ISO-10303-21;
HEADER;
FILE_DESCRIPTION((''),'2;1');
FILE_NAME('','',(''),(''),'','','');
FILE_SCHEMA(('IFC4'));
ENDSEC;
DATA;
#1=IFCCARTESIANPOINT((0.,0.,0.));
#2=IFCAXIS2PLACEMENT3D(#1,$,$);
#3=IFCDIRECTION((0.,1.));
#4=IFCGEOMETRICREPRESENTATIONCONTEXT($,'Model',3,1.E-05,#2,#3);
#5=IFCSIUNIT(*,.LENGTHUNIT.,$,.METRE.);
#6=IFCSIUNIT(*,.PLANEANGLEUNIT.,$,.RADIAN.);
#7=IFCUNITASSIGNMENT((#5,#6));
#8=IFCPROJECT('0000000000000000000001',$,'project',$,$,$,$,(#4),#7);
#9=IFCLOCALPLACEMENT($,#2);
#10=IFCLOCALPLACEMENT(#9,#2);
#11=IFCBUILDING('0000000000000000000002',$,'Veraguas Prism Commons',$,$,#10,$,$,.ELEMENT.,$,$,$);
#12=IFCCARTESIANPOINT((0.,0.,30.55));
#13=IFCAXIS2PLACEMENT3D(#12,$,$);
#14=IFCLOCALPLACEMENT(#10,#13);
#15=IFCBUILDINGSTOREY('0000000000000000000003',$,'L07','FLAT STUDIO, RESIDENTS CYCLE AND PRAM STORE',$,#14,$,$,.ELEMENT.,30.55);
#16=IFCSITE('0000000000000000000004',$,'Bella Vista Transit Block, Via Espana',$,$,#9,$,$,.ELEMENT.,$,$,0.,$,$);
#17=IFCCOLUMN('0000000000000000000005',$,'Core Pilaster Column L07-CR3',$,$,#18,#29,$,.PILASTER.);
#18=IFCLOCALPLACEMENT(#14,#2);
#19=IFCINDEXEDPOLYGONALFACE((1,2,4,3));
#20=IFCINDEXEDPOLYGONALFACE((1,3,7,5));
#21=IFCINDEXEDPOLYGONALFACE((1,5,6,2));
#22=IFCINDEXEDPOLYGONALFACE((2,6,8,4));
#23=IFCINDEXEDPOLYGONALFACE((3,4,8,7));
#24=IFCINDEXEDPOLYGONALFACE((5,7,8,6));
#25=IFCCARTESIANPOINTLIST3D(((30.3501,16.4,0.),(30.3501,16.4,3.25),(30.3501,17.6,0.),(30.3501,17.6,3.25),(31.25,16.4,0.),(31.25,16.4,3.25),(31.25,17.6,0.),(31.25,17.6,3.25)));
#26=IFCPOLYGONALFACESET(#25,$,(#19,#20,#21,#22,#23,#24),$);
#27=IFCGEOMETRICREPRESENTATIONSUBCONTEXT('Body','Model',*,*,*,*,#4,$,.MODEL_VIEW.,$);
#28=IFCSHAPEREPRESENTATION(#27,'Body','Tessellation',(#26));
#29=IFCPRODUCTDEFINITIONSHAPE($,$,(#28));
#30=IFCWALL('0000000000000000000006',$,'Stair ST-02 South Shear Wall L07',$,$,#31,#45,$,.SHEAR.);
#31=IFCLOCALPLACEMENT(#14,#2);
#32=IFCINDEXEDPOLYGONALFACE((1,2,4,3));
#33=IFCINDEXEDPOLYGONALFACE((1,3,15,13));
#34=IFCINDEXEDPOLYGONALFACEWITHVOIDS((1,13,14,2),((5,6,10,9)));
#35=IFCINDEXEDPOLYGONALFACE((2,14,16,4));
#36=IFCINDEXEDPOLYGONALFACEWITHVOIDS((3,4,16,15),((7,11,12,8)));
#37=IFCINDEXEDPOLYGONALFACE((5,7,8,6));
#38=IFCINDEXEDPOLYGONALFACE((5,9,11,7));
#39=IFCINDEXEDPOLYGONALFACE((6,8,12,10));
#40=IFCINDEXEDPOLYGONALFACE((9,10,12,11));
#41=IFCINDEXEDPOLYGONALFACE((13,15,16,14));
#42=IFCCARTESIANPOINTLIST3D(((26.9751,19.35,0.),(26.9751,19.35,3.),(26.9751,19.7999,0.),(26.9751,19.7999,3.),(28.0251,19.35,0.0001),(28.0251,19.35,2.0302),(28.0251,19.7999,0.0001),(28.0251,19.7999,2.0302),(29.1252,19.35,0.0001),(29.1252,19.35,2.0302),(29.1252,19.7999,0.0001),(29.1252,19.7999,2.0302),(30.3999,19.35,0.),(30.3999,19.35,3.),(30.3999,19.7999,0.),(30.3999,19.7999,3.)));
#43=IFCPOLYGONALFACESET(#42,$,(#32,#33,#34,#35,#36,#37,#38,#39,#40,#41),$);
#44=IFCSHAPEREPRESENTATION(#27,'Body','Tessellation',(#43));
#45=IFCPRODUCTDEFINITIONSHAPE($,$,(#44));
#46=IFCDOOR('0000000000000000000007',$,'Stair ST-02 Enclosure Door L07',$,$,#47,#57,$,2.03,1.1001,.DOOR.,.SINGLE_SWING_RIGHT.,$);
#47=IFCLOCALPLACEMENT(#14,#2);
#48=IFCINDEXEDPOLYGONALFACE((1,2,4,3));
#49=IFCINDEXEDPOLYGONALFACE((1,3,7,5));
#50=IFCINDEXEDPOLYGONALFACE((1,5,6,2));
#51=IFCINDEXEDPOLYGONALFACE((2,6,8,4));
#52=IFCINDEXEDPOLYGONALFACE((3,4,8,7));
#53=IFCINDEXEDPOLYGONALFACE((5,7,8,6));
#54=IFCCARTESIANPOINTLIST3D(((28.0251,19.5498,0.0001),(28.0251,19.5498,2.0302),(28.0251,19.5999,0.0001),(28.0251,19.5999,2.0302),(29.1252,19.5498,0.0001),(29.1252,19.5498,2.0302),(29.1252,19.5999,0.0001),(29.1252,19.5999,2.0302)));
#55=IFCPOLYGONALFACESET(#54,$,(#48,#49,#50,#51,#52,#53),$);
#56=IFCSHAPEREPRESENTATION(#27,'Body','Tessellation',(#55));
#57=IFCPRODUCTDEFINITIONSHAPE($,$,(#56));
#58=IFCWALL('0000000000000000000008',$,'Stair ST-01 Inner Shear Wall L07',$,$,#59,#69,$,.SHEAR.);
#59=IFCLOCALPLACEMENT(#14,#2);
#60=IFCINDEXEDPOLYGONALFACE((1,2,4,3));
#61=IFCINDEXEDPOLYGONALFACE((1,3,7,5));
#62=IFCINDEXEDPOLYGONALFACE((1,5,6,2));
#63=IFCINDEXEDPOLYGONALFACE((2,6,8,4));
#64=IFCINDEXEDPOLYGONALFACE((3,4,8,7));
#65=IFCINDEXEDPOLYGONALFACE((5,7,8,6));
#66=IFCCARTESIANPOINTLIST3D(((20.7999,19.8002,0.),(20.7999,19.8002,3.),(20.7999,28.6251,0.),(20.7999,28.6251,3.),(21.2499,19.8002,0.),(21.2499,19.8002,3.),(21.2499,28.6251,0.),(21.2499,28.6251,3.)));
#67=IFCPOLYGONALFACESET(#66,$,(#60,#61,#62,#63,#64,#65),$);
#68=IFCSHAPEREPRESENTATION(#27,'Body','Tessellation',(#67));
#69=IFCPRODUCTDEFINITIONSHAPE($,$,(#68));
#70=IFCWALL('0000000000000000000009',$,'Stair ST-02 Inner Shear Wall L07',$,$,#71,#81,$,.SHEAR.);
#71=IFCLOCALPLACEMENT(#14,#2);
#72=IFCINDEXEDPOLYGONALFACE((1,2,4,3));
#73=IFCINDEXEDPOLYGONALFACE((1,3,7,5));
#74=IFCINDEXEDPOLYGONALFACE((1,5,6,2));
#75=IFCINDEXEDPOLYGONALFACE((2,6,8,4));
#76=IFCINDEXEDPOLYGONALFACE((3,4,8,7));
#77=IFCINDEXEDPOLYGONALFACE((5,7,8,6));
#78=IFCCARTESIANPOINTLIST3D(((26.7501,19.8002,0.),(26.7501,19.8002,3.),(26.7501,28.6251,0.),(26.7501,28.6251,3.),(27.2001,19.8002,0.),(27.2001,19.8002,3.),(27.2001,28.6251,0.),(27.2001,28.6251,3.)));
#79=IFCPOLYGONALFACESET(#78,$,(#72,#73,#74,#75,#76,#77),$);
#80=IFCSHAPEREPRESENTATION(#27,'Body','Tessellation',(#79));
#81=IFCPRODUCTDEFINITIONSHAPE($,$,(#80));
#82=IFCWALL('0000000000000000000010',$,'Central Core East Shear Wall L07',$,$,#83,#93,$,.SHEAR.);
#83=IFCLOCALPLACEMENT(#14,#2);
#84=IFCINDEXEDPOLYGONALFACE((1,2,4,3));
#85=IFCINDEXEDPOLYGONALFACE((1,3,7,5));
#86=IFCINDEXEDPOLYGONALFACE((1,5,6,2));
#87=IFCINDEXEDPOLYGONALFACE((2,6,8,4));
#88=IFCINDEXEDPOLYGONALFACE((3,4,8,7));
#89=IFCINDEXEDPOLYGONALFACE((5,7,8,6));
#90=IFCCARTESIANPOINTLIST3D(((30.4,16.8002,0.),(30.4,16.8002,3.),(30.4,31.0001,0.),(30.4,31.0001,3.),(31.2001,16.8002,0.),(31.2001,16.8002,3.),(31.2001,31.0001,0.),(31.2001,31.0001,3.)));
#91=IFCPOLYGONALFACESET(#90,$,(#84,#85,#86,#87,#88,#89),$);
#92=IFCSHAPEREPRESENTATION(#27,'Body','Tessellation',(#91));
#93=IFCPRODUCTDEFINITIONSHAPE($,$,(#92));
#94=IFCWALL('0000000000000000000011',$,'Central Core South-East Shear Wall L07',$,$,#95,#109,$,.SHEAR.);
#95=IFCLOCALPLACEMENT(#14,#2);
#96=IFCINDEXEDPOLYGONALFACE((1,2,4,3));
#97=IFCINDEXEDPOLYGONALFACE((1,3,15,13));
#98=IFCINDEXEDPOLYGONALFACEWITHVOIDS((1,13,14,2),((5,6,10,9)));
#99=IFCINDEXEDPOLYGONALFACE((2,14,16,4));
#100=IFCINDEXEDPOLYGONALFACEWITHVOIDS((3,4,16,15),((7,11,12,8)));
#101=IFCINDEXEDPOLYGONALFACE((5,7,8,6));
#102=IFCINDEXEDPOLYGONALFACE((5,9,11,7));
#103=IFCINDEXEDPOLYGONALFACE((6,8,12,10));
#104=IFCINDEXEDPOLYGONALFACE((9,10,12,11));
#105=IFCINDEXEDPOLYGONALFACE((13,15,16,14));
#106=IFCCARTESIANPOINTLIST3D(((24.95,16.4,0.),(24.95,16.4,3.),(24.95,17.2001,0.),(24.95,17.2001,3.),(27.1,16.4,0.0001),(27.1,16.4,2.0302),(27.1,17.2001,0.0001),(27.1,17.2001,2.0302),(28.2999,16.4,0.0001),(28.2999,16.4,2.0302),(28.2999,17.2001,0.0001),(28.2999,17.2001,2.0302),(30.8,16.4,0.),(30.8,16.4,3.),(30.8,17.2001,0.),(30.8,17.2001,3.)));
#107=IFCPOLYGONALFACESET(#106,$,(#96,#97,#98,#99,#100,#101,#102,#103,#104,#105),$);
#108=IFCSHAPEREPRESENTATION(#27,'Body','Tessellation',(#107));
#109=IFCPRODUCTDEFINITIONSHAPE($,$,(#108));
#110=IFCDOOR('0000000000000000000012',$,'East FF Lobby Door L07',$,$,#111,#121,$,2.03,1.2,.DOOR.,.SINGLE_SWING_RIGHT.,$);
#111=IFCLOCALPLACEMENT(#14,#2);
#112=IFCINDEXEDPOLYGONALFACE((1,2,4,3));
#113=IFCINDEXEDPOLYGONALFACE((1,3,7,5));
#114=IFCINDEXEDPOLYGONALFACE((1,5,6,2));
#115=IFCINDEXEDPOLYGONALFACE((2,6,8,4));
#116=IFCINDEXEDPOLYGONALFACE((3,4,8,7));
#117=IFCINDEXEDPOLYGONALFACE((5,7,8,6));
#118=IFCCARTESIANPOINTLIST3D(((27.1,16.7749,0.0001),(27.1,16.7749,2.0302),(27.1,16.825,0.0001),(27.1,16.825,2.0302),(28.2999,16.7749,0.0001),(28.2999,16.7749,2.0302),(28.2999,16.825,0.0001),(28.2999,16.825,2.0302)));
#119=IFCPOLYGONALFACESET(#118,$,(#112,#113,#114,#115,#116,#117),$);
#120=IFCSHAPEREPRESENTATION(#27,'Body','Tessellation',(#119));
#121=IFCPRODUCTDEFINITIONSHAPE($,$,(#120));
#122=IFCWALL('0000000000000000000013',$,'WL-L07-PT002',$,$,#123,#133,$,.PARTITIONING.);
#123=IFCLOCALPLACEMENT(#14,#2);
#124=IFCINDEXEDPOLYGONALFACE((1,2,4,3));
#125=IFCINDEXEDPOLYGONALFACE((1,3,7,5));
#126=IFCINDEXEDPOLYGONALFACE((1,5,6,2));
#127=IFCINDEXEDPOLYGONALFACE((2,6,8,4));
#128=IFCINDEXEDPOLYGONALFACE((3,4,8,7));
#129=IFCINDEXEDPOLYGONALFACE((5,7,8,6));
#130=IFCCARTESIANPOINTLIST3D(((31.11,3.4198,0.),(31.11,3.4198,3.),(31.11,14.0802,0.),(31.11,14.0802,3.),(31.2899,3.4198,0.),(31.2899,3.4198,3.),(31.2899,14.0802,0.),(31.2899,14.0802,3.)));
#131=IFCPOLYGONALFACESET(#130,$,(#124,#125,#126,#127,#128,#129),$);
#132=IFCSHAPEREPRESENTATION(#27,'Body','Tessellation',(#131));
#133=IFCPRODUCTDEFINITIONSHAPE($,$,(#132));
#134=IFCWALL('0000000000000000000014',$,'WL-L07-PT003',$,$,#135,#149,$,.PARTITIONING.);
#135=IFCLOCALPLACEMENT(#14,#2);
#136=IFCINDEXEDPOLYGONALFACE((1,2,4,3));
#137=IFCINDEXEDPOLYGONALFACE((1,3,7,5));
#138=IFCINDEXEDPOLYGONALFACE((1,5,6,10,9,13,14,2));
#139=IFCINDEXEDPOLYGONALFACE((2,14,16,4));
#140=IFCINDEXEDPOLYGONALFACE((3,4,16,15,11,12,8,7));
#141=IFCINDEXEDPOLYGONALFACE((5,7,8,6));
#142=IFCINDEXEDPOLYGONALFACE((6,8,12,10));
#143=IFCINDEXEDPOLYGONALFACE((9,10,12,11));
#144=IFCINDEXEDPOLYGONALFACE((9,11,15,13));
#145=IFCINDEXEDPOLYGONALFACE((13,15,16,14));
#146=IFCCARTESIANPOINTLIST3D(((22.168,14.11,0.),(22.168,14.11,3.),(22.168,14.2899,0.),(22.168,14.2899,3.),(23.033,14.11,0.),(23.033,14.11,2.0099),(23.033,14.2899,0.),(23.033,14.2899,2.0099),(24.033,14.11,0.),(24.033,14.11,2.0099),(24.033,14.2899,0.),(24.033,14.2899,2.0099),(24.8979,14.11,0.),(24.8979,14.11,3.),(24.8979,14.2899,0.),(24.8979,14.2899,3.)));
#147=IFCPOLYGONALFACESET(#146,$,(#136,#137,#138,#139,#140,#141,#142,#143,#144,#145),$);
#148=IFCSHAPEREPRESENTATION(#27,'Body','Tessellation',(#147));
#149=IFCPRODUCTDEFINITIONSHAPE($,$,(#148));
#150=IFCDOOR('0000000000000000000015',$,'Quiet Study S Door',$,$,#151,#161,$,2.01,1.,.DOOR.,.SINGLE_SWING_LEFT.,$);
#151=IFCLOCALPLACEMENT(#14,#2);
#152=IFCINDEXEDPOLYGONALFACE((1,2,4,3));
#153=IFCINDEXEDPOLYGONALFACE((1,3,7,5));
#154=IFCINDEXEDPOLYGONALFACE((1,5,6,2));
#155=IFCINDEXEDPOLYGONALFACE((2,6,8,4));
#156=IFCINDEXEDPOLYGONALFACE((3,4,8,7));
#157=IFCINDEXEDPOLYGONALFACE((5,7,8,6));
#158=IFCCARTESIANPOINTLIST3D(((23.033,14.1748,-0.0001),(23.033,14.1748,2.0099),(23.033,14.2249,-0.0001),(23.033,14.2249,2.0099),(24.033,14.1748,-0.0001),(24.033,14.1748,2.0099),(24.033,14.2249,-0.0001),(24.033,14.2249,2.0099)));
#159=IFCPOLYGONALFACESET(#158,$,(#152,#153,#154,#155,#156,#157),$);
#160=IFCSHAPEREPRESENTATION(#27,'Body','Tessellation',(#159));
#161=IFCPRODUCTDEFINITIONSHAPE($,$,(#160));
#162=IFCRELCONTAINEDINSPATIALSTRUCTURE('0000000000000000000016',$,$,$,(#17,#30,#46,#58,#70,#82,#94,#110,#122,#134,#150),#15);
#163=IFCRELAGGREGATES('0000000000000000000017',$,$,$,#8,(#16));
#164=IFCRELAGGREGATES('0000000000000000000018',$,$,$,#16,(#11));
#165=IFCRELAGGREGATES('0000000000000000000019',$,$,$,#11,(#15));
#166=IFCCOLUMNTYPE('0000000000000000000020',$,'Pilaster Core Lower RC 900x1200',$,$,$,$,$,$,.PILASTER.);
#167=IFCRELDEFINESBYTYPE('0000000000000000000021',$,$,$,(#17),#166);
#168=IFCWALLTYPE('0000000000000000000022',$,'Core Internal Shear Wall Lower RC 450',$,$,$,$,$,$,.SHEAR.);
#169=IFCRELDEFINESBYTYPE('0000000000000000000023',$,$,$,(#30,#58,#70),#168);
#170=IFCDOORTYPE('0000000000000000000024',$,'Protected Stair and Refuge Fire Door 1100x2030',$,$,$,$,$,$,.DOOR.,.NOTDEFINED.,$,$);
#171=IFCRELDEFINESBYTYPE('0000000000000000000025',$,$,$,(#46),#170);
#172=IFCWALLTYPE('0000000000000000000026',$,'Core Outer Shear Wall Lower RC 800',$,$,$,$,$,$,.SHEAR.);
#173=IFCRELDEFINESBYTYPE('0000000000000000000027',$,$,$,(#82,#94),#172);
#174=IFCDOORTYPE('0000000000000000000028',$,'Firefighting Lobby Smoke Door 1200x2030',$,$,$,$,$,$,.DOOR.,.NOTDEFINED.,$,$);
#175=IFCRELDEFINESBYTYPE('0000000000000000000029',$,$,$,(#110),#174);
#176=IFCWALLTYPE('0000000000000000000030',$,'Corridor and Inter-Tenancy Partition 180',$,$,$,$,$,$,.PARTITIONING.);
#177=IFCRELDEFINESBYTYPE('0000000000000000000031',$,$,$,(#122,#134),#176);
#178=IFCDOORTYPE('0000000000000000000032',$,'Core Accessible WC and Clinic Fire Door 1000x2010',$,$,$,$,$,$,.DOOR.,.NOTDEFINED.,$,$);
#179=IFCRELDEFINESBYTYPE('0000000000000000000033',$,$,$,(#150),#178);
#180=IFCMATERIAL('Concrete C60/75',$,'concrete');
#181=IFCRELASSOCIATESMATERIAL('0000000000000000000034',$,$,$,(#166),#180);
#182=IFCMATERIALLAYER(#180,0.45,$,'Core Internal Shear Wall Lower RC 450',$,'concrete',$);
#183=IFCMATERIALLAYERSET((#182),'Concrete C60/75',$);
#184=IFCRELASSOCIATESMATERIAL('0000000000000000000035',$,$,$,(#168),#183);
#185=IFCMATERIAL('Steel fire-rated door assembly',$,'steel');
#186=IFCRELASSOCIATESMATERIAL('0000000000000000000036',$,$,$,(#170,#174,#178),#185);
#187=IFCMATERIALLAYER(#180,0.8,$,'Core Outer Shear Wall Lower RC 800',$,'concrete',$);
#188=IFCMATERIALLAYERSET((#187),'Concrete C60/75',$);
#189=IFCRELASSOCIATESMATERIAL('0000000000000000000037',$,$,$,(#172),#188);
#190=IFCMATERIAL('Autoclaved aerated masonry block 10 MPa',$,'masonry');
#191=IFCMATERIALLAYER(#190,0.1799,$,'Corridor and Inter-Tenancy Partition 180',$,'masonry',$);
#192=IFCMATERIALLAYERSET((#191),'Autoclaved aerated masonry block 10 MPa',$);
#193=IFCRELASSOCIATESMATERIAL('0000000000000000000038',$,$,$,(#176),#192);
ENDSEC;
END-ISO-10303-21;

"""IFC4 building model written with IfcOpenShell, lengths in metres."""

from ifc_helpers import new_model, si_unit, direction, frame, frame_2d, origin, origin_2d, place, context, subcontext, project, spatial, rectangle, extrude, source, transform, mapped, material, layer, layer_set, material_profile, profile_set, type_object, element, fill, save


model = new_model("IFC4")

# Units and contexts
model_context = context("Model", 3, precision=1e-05, world=origin(), true_north=direction((0.0, 1.0)))
body_context = subcontext(model_context, "Body", "Model", "MODEL_VIEW")
ifc_project = project(units=[si_unit("LENGTHUNIT", "METRE"), si_unit("PLANEANGLEUNIT", "RADIAN")], contexts=[model_context])

# Site, building, storey
site_placement = place(None, origin())
site = spatial("IfcSite", under=ifc_project, at=site_placement, Name="Bella Vista Transit Block, Via Espana", CompositionType="ELEMENT", RefElevation=0.0)
building_placement = place(site_placement, origin())
building = spatial("IfcBuilding", under=site, at=building_placement, Name="Veraguas Prism Commons", CompositionType="ELEMENT")
storey_placement = place(building_placement, frame((0.0, 0.0, 30.55)))
storey = spatial("IfcBuildingStorey", under=building, at=storey_placement, Name="L07", Description="FLAT STUDIO, RESIDENTS CYCLE AND PRAM STORE", CompositionType="ELEMENT", Elevation=30.55)

# Column
ifc_material_1 = material(Name="Concrete C60/75", Category="concrete")
ifc_material_profile = material_profile(ifc_material_1, rectangle(XDim=0.8999, YDim=1.2, at=origin_2d()), Name="RC900X1200")
ifc_profile_set = profile_set([ifc_material_profile], Name="Concrete C60/75")
column_type = type_object("IfcColumnType", Name="Pilaster Core Lower RC 900x1200", PredefinedType="PILASTER", material=ifc_profile_set)
column_placement = place(storey_placement, frame((30.8, 17.0, 0.0), z_axis=(0.0, 0.0, 1.0), x_axis=(1.0, 0.0, 0.0)))
element("IfcColumn", 1, at=column_placement, inside=storey, type_object=column_type, Name="Core Pilaster Column L07-CR3", PredefinedType="PILASTER", context=body_context, shape_type="SweptSolid", body=[
    extrude(rectangle(XDim=0.8999, YDim=1.2, at=origin_2d()), origin(), (0.0, 0.0, 1.0), 3.25),
])

# Wall, opening, door
ifc_layer_1 = layer(ifc_material_1, 0.45, Name="Core Internal Shear Wall Lower RC 450", Category="concrete")
ifc_layer_set_1 = layer_set([ifc_layer_1], Name="Concrete C60/75")
wall_type_1 = type_object("IfcWallType", Name="Core Internal Shear Wall Lower RC 450", PredefinedType="SHEAR", material=ifc_layer_set_1)
wall_1_placement = place(storey_placement, frame((26.9751, 19.575, 0.0), z_axis=(0.0, 0.0, 1.0), x_axis=(1.0, 0.0, 0.0)))
wall_1 = element("IfcWall", 2, at=wall_1_placement, inside=storey, type_object=wall_type_1, Name="Stair ST-02 South Shear Wall L07", PredefinedType="SHEAR", context=body_context, shape_type="SweptSolid", body=[
    extrude(rectangle(XDim=3.4248, YDim=0.45, at=frame_2d((1.7124, 0.0))), origin(), (0.0, 0.0, 1.0), 3.0),
])
opening_1_placement = place(wall_1_placement, frame((1.05, 0.0, 0.0)))
opening_1 = element("IfcOpeningElement", 3, at=opening_1_placement, cuts=wall_1, PredefinedType="OPENING", context=body_context, shape_type="SweptSolid", body=[
    extrude(rectangle(XDim=1.1001, YDim=2.03, at=frame_2d((0.55, 1.0151))), frame((0.0, 0.2349, 0.0), z_axis=(0.0, -1.0, 0.0), x_axis=(1.0, 0.0, 0.0)), (0.0, 0.0, 1.0), 0.47),
])
ifc_material_2 = material(Name="Steel fire-rated door assembly", Category="steel")
door_type_1 = type_object("IfcDoorType", Name="Protected Stair and Refuge Fire Door 1100x2030", OperationType="NOTDEFINED", PredefinedType="DOOR", material=ifc_material_2)
shared_shape_1 = source(origin(), body_context, "Body", "SweptSolid", [
    extrude(rectangle(XDim=1.1001, YDim=2.03, at=frame_2d((0.55, 1.0151))), frame((0.0, 0.0249, 0.0), z_axis=(0.0, -1.0, 0.0), x_axis=(1.0, 0.0, 0.0)), (0.0, 0.0, 1.0), 0.05),
])
door_1_placement = place(opening_1_placement, origin())
door_1 = element("IfcDoor", 4, at=door_1_placement, inside=storey, type_object=door_type_1, Name="Stair ST-02 Enclosure Door L07", OperationType="SINGLE_SWING_RIGHT", OverallHeight=2.03, OverallWidth=1.1001, PredefinedType="DOOR", context=body_context, shape_type="MappedRepresentation", body=[
    mapped(shared_shape_1, transform((0.0, 0.0, 0.0), scale=1.0)),
])
fill(opening_1, door_1)

# Walls
for number, where, z_axis, x_axis, name in (
    (5, (21.0249, 19.8, 0.0), (0.0, 0.0, 1.0), (0.0, 1.0, 0.0), "Stair ST-01 Inner Shear Wall L07"),
    (6, (26.9751, 19.8, 0.0), (0.0, 0.0, 1.0), (0.0, 1.0, 0.0), "Stair ST-02 Inner Shear Wall L07"),
):
    element("IfcWall", number, at=place(storey_placement, frame(where, z_axis=z_axis, x_axis=x_axis)), inside=storey, type_object=wall_type_1, Name=name, PredefinedType="SHEAR", context=body_context, shape_type="SweptSolid", body=[
        extrude(rectangle(XDim=8.825, YDim=0.45, at=frame_2d((4.4126, 0.0))), origin(), (0.0, 0.0, 1.0), 3.0),
    ])
ifc_layer_2 = layer(ifc_material_1, 0.8, Name="Core Outer Shear Wall Lower RC 800", Category="concrete")
ifc_layer_set_2 = layer_set([ifc_layer_2], Name="Concrete C60/75")
wall_type_2 = type_object("IfcWallType", Name="Core Outer Shear Wall Lower RC 800", PredefinedType="SHEAR", material=ifc_layer_set_2)
wall_2_placement = place(storey_placement, frame((30.8, 16.8, 0.0), z_axis=(0.0, 0.0, 1.0), x_axis=(0.0, 1.0, 0.0)))
element("IfcWall", 7, at=wall_2_placement, inside=storey, type_object=wall_type_2, Name="Central Core East Shear Wall L07", PredefinedType="SHEAR", context=body_context, shape_type="SweptSolid", body=[
    extrude(rectangle(XDim=14.2, YDim=0.8, at=frame_2d((7.1001, 0.0))), origin(), (0.0, 0.0, 1.0), 3.0),
])

# Wall, opening, door
wall_3_placement = place(storey_placement, frame((24.95, 16.8, 0.0), z_axis=(0.0, 0.0, 1.0), x_axis=(1.0, 0.0, 0.0)))
wall_3 = element("IfcWall", 8, at=wall_3_placement, inside=storey, type_object=wall_type_2, Name="Central Core South-East Shear Wall L07", PredefinedType="SHEAR", context=body_context, shape_type="SweptSolid", body=[
    extrude(rectangle(XDim=5.8501, YDim=0.8, at=frame_2d((2.925, 0.0))), origin(), (0.0, 0.0, 1.0), 3.0),
])
opening_2_placement = place(wall_3_placement, frame((2.1499, 0.0, 0.0)))
opening_2 = element("IfcOpeningElement", 9, at=opening_2_placement, cuts=wall_3, PredefinedType="OPENING", context=body_context, shape_type="SweptSolid", body=[
    extrude(rectangle(XDim=1.2, YDim=2.03, at=frame_2d((0.6001, 1.0151))), frame((0.0, 0.4099, 0.0), z_axis=(0.0, -1.0, 0.0), x_axis=(1.0, 0.0, 0.0)), (0.0, 0.0, 1.0), 0.8201),
])
door_type_2 = type_object("IfcDoorType", Name="Firefighting Lobby Smoke Door 1200x2030", OperationType="NOTDEFINED", PredefinedType="DOOR", material=ifc_material_2)
shared_shape_2 = source(origin(), body_context, "Body", "SweptSolid", [
    extrude(rectangle(XDim=1.2, YDim=2.03, at=frame_2d((0.6001, 1.0151))), frame((0.0, 0.0249, 0.0), z_axis=(0.0, -1.0, 0.0), x_axis=(1.0, 0.0, 0.0)), (0.0, 0.0, 1.0), 0.05),
])
door_2_placement = place(opening_2_placement, origin())
door_2 = element("IfcDoor", 10, at=door_2_placement, inside=storey, type_object=door_type_2, Name="East FF Lobby Door L07", OperationType="SINGLE_SWING_RIGHT", OverallHeight=2.03, OverallWidth=1.2, PredefinedType="DOOR", context=body_context, shape_type="MappedRepresentation", body=[
    mapped(shared_shape_2, transform((0.0, 0.0, 0.0), scale=1.0)),
])
fill(opening_2, door_2)

# Wall
ifc_material_3 = material(Name="Autoclaved aerated masonry block 10 MPa", Category="masonry")
ifc_layer_3 = layer(ifc_material_3, 0.1799, Name="Corridor and Inter-Tenancy Partition 180", Category="masonry")
ifc_layer_set_3 = layer_set([ifc_layer_3], Name="Autoclaved aerated masonry block 10 MPa")
wall_type_3 = type_object("IfcWallType", Name="Corridor and Inter-Tenancy Partition 180", PredefinedType="PARTITIONING", material=ifc_layer_set_3)
wall_4_placement = place(storey_placement, frame((31.2, 14.0801, 0.0), z_axis=(0.0, 0.0, 1.0), x_axis=(0.0, -1.0, 0.0)))
element("IfcWall", 11, at=wall_4_placement, inside=storey, type_object=wall_type_3, Name="WL-L07-PT002", PredefinedType="PARTITIONING", context=body_context, shape_type="SweptSolid", body=[
    extrude(rectangle(XDim=10.6604, YDim=0.1799, at=frame_2d((5.3301, 0.0))), origin(), (0.0, 0.0, 1.0), 3.0),
])

# Wall, opening, door
wall_5_placement = place(storey_placement, frame((22.168, 14.2, 0.0), z_axis=(0.0, 0.0, 1.0), x_axis=(1.0, 0.0, 0.0)))
wall_5 = element("IfcWall", 12, at=wall_5_placement, inside=storey, type_object=wall_type_3, Name="WL-L07-PT003", PredefinedType="PARTITIONING", context=body_context, shape_type="SweptSolid", body=[
    extrude(rectangle(XDim=2.73, YDim=0.1799, at=frame_2d((1.365, 0.0))), origin(), (0.0, 0.0, 1.0), 3.0),
])
opening_3_placement = place(wall_5_placement, frame((0.865, 0.0, 0.0)))
opening_3 = element("IfcOpeningElement", 13, at=opening_3_placement, cuts=wall_5, PredefinedType="OPENING", context=body_context, shape_type="SweptSolid", body=[
    extrude(rectangle(XDim=1.0, YDim=2.01, at=frame_2d((0.5, 1.0049))), frame((0.0, 0.0999, 0.0), z_axis=(0.0, -1.0, 0.0), x_axis=(1.0, 0.0, 0.0)), (0.0, 0.0, 1.0), 0.2),
])
door_type_3 = type_object("IfcDoorType", Name="Core Accessible WC and Clinic Fire Door 1000x2010", OperationType="NOTDEFINED", PredefinedType="DOOR", material=ifc_material_2)
shared_shape_3 = source(origin(), body_context, "Body", "SweptSolid", [
    extrude(rectangle(XDim=1.0, YDim=2.01, at=frame_2d((0.5, 1.0049))), frame((0.0, 0.0249, 0.0), z_axis=(0.0, -1.0, 0.0), x_axis=(1.0, 0.0, 0.0)), (0.0, 0.0, 1.0), 0.05),
])
door_3_placement = place(opening_3_placement, origin())
door_3 = element("IfcDoor", 14, at=door_3_placement, inside=storey, type_object=door_type_3, Name="Quiet Study S Door", OperationType="SINGLE_SWING_LEFT", OverallHeight=2.01, OverallWidth=1.0, PredefinedType="DOOR", context=body_context, shape_type="MappedRepresentation", body=[
    mapped(shared_shape_3, transform((0.0, 0.0, 0.0), scale=1.0)),
])
fill(opening_3, door_3)

save(model, "model.ifc")
